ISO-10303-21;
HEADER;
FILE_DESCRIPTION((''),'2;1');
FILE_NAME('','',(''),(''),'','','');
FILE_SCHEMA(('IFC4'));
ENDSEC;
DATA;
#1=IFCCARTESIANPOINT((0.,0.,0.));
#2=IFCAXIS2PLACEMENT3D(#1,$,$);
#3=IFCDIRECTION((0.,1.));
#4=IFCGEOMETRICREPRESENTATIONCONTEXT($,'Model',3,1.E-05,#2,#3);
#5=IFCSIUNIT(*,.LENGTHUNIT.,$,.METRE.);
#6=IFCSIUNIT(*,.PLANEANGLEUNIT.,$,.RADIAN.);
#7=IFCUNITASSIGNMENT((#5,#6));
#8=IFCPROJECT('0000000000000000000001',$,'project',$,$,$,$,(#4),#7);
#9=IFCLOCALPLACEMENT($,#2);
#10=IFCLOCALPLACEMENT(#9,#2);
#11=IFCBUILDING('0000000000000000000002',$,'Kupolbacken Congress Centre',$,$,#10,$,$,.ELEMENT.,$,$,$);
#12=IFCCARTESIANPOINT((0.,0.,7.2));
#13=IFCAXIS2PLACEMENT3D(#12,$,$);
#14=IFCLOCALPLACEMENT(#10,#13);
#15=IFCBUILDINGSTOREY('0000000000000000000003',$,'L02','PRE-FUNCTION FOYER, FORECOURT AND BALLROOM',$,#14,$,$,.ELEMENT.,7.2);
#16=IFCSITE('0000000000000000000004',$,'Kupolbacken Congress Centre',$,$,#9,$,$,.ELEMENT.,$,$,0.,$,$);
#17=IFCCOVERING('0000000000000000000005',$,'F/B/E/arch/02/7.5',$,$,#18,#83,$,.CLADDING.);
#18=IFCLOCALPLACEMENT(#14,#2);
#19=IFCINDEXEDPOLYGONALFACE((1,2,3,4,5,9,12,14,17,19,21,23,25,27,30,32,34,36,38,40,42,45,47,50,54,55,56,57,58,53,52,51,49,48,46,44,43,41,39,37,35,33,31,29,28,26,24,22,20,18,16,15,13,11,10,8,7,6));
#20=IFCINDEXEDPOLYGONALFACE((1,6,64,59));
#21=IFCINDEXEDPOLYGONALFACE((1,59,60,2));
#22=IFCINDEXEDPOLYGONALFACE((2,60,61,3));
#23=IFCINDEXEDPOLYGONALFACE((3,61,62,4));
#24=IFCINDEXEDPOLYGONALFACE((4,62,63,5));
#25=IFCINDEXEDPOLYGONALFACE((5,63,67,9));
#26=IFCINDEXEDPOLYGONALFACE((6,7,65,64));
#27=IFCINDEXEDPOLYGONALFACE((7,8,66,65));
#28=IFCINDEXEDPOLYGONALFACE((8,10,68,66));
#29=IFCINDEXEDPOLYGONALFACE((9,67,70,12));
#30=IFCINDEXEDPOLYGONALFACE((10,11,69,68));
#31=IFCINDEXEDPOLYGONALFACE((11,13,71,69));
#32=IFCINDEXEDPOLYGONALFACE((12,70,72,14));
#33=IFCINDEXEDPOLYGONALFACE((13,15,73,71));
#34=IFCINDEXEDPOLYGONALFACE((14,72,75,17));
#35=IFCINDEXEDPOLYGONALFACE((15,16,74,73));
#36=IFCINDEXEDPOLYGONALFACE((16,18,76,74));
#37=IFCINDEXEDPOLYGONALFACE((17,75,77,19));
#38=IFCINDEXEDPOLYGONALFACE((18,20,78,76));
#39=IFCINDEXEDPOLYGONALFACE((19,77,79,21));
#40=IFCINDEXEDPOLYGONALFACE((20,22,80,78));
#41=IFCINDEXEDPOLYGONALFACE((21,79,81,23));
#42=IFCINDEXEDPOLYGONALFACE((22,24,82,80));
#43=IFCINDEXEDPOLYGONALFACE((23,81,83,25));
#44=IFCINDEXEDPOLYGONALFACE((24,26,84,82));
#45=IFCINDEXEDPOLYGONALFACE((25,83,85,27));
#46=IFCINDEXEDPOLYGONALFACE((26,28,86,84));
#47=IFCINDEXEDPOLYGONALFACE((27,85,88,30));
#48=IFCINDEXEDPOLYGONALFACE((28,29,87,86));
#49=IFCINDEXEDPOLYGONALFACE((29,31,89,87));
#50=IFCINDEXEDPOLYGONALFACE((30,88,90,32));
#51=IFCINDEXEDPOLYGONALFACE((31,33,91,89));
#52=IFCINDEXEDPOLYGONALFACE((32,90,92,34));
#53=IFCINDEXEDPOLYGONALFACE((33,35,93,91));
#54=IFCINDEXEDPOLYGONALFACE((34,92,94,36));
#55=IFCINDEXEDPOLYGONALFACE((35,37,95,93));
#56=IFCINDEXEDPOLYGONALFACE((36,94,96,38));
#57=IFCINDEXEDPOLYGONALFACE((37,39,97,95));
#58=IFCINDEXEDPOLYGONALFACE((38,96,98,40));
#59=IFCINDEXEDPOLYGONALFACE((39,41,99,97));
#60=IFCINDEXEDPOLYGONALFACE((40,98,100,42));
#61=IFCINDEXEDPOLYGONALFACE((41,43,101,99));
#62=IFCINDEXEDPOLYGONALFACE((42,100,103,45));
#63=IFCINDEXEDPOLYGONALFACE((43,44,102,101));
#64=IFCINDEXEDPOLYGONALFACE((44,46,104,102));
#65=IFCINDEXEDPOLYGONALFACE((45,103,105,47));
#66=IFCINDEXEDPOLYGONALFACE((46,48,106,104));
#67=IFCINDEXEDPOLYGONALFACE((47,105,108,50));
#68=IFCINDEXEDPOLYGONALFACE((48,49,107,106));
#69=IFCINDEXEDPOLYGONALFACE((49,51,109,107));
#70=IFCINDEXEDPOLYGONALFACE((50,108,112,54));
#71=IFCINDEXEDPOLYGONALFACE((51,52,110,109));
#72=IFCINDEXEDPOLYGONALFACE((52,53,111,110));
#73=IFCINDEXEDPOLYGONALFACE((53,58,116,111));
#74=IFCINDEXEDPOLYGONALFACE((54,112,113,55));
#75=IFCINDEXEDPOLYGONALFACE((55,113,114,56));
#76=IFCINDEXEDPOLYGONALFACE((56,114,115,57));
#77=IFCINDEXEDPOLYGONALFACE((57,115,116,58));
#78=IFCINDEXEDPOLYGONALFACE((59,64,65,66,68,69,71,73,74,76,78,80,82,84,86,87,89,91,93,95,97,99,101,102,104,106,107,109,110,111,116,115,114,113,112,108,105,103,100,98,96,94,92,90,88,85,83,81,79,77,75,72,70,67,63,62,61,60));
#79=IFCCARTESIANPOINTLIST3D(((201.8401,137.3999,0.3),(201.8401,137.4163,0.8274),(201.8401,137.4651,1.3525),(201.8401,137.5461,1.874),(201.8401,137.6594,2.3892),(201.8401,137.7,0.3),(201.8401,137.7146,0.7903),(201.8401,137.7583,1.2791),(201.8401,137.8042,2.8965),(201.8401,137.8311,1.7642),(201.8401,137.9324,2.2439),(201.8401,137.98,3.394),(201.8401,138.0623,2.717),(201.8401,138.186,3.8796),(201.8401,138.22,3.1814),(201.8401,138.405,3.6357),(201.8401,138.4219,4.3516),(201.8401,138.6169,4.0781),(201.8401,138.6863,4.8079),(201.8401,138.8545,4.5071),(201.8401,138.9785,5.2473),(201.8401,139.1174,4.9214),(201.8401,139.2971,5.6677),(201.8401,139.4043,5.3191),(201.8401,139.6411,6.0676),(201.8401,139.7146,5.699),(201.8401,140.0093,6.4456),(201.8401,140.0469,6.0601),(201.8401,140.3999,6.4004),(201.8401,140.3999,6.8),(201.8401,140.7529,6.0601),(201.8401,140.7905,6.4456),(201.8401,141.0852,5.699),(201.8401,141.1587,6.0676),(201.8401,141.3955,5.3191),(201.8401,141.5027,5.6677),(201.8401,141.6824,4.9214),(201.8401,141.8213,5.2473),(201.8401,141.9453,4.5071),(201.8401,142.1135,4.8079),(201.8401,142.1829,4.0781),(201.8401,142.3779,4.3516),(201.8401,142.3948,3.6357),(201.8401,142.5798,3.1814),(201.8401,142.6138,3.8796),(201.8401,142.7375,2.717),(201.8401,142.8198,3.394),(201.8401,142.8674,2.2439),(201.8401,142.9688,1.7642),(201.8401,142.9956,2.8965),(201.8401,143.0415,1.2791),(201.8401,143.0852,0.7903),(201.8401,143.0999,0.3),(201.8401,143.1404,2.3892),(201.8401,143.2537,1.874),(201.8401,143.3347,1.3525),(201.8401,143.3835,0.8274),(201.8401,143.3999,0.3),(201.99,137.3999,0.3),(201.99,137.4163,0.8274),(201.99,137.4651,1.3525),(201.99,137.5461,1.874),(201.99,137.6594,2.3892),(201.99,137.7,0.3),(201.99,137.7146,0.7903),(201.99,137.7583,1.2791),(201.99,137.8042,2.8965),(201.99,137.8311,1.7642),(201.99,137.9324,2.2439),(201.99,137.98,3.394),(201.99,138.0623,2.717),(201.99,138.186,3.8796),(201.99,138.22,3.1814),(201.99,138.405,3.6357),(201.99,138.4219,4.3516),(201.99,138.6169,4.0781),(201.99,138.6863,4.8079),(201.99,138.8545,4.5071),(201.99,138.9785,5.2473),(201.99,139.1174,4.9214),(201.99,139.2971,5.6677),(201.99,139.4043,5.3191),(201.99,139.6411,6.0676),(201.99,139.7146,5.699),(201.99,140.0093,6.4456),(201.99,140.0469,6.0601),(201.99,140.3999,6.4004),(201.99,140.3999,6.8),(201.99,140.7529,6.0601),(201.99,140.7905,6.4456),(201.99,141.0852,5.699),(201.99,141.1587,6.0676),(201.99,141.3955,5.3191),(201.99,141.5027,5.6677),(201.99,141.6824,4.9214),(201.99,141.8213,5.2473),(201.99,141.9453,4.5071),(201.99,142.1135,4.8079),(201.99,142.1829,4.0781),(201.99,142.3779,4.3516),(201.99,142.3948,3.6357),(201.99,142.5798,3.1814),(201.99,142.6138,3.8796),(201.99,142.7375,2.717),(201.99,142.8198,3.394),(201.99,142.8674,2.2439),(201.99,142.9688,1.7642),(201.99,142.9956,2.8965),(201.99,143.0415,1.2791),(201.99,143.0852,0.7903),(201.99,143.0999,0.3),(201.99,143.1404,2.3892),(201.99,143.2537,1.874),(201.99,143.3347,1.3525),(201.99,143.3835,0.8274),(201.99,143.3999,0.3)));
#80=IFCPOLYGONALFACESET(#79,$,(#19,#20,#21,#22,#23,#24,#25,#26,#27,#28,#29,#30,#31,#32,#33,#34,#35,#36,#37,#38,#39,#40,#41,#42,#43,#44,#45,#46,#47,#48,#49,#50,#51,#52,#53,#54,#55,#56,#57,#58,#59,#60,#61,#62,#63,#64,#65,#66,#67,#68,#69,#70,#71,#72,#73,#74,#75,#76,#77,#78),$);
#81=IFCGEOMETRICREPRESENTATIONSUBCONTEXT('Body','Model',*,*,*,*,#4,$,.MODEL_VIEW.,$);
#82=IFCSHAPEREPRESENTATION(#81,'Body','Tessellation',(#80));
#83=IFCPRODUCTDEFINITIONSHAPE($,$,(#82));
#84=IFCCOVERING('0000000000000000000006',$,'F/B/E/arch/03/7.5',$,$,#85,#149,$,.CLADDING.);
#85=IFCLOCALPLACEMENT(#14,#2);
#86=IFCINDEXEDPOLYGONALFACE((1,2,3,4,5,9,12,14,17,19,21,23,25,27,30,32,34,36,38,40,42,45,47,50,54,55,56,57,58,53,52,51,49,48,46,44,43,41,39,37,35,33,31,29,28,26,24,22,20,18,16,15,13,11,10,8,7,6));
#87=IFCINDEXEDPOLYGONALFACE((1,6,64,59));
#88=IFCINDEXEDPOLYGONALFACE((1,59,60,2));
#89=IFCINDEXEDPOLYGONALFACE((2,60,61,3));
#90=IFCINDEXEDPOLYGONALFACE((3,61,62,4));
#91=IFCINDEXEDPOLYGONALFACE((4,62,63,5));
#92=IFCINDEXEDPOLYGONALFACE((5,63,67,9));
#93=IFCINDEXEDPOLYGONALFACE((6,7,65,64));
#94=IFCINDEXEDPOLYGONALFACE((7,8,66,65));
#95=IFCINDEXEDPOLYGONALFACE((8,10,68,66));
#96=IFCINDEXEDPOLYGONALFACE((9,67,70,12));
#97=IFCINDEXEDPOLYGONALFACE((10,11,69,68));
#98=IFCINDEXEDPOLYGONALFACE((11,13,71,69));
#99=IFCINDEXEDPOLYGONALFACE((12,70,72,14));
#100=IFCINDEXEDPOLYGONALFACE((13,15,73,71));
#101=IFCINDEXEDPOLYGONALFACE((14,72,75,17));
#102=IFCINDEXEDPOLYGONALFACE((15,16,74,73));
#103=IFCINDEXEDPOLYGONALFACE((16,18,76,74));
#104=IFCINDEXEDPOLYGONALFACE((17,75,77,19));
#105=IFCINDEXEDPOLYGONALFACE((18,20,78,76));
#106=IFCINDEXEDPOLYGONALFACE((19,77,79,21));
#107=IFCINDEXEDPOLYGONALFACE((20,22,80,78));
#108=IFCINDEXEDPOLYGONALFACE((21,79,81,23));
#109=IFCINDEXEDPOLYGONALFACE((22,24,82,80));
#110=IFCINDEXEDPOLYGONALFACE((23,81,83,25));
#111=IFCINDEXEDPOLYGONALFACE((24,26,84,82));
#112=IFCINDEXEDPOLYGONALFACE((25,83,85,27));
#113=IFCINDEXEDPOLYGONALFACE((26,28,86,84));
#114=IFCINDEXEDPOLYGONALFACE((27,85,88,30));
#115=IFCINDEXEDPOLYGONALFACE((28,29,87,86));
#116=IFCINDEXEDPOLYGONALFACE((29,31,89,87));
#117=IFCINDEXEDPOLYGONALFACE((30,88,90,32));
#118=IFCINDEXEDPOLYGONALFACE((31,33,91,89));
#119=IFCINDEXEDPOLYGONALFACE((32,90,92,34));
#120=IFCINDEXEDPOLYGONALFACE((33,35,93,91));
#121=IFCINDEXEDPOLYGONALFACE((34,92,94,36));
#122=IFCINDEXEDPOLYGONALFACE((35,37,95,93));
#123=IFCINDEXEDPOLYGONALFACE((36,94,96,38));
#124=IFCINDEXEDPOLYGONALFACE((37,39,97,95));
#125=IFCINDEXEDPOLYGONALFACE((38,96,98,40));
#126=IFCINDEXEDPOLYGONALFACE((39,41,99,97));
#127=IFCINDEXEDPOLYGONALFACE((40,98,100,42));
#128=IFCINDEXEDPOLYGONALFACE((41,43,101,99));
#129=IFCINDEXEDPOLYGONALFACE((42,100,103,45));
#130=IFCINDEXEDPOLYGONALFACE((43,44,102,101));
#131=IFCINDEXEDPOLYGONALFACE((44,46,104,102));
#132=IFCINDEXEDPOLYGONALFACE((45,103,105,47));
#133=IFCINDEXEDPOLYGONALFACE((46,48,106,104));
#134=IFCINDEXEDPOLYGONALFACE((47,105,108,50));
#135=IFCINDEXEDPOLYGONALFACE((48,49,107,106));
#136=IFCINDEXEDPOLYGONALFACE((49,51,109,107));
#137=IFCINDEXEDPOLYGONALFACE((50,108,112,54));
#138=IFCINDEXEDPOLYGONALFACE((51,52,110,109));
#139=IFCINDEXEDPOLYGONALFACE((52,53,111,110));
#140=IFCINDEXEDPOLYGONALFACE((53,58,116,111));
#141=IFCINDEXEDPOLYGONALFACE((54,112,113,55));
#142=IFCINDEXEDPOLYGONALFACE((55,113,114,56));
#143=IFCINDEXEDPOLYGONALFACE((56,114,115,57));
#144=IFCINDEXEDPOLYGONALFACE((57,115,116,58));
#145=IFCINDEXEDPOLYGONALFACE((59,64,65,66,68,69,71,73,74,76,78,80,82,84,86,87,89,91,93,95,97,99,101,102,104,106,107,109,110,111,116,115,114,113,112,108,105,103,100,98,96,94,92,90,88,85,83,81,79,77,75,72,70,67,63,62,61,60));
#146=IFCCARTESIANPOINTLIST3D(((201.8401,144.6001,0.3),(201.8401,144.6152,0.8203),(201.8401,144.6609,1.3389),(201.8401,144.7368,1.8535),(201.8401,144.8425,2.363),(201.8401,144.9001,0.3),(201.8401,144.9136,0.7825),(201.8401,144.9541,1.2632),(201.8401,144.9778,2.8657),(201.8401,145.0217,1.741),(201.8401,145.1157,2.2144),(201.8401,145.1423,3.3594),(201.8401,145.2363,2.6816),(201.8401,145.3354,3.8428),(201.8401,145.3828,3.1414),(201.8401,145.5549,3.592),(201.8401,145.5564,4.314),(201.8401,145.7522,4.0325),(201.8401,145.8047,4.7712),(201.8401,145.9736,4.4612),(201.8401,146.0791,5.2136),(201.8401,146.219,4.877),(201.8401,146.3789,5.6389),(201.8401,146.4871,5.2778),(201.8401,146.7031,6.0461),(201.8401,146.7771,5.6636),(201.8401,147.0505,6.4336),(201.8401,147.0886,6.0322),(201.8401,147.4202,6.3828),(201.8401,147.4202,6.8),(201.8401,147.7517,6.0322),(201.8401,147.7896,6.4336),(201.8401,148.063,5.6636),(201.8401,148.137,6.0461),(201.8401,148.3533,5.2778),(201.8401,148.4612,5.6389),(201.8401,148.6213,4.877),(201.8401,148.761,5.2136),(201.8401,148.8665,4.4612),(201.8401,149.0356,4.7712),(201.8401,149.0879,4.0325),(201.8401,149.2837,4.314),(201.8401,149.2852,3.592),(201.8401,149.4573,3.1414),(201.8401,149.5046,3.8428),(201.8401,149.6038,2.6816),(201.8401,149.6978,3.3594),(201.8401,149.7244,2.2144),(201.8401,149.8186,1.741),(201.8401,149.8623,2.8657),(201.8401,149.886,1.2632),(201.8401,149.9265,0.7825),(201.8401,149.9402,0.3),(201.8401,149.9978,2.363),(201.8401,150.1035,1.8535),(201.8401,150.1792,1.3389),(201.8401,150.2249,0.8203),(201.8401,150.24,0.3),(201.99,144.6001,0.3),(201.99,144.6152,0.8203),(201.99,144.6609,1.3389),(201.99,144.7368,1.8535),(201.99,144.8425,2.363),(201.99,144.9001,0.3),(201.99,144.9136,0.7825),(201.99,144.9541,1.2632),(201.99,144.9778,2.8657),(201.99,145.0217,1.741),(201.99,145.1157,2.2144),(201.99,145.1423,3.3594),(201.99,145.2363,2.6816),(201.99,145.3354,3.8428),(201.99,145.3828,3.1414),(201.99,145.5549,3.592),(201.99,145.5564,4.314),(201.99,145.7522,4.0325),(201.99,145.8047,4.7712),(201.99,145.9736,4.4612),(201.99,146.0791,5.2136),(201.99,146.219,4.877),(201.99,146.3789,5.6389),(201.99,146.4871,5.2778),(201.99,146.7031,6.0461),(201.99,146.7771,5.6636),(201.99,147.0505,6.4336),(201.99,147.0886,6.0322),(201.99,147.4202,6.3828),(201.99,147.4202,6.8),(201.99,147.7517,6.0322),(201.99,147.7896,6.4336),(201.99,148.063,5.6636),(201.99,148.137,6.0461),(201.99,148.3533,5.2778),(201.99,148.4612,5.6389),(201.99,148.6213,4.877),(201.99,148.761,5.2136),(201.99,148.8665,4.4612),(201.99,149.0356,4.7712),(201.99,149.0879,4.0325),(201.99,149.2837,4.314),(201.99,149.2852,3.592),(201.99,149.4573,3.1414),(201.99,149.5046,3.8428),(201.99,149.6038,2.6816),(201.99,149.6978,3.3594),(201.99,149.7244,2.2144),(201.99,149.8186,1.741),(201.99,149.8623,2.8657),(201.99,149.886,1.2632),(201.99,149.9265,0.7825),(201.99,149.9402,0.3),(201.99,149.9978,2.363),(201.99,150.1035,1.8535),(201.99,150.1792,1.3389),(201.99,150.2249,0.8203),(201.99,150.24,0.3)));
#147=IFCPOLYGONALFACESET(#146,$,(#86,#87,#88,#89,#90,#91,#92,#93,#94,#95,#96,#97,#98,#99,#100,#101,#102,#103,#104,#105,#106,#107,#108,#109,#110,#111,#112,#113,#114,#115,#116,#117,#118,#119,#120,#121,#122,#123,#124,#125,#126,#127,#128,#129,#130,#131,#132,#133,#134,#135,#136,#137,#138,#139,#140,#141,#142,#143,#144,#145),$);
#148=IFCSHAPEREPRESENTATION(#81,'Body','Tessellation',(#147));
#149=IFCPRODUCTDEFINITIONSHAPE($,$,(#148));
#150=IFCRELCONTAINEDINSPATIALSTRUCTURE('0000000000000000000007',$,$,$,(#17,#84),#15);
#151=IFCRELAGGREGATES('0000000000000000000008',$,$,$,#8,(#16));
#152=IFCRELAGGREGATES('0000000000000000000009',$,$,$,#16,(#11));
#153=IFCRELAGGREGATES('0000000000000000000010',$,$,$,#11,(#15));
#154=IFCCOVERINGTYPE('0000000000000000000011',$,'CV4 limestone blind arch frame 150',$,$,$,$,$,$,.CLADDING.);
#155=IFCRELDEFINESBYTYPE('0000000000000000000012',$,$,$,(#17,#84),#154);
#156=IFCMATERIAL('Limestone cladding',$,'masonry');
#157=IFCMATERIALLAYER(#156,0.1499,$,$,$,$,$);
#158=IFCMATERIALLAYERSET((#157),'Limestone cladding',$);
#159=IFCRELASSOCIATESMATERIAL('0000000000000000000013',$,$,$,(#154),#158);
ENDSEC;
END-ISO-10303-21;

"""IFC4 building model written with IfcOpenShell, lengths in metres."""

from ifc_helpers import new_model, si_unit, direction, frame, origin, place, context, subcontext, project, spatial, polyline, outline, extrude, material, layer, layer_set, type_object, element, save


model = new_model("IFC4")

# Units and contexts
model_context = context("Model", 3, precision=1e-05, world=origin(), true_north=direction((0.0, 1.0)))
body_context = subcontext(model_context, "Body", "Model", "MODEL_VIEW")
ifc_project = project(units=[si_unit("LENGTHUNIT", "METRE"), si_unit("PLANEANGLEUNIT", "RADIAN")], contexts=[model_context])

# Site, building, storey
site_placement = place(None, origin())
site = spatial("IfcSite", under=ifc_project, at=site_placement, Name="Kupolbacken Congress Centre", CompositionType="ELEMENT", RefElevation=0.0)
building_placement = place(site_placement, origin())
building = spatial("IfcBuilding", under=site, at=building_placement, Name="Kupolbacken Congress Centre", CompositionType="ELEMENT")
storey_placement = place(building_placement, frame((0.0, 0.0, 7.2)))
storey = spatial("IfcBuildingStorey", under=building, at=storey_placement, Name="L02", Description="PRE-FUNCTION FOYER, FORECOURT AND BALLROOM", CompositionType="ELEMENT", Elevation=7.2)

# Coverings
ifc_material_1 = material(Name="Limestone cladding", Category="masonry")
ifc_layer_1 = layer(ifc_material_1, 0.1499)
ifc_layer_set_1 = layer_set([ifc_layer_1], Name="Limestone cladding")
covering_type_1 = type_object("IfcCoveringType", Name="CV4 limestone blind arch frame 150", PredefinedType="CLADDING", material=ifc_layer_set_1)
covering_1_placement = place(storey_placement, frame((201.8401, 137.3999, 0.3), z_axis=(1.0, 0.0, 0.0), x_axis=(0.0, 1.0, 0.0)))
element("IfcCovering", 1, at=covering_1_placement, inside=storey, type_object=covering_type_1, Name="F/B/E/arch/02/7.5", PredefinedType="CLADDING", context=body_context, shape_type="SweptSolid", body=[
    extrude(outline(polyline([(0.0, 0.0), (0.0164, 0.5273), (0.0652, 1.0525), (0.1462, 1.574), (0.2595, 2.0891), (0.4043, 2.5964), (0.5801, 3.094), (0.7861, 3.5796), (1.022, 4.0515), (1.2864, 4.5078), (1.5786, 4.9473), (1.8972, 5.3677), (2.2412, 5.7676), (2.6094, 6.1455), (3.0, 6.5), (3.3906, 6.1455), (3.7588, 5.7676), (4.1028, 5.3677), (4.4214, 4.9473), (4.7136, 4.5078), (4.978, 4.0515), (5.2139, 3.5796), (5.4199, 3.094), (5.5957, 2.5964), (5.7405, 2.0891), (5.8538, 1.574), (5.9348, 1.0525), (5.9836, 0.5273), (6.0, 0.0), (5.7, 0.0), (5.6853, 0.4902), (5.6416, 0.979), (5.5688, 1.4641), (5.4675, 1.9438), (5.3376, 2.417), (5.1799, 2.8813), (4.9949, 3.3357), (4.783, 3.7781), (4.5454, 4.207), (4.2825, 4.6213), (3.9956, 5.019), (3.6853, 5.3989), (3.353, 5.76), (3.0, 6.1003), (2.647, 5.76), (2.3147, 5.3989), (2.0044, 5.019), (1.7175, 4.6213), (1.4546, 4.207), (1.217, 3.7781), (1.0051, 3.3357), (0.8201, 2.8813), (0.6624, 2.417), (0.5325, 1.9438), (0.4312, 1.4641), (0.3584, 0.979), (0.3147, 0.4902), (0.3, 0.0), (0.0, 0.0)])), origin(), (0.0, 0.0, 1.0), 0.1499),
])
covering_2_placement = place(storey_placement, frame((201.8401, 144.6001, 0.3), z_axis=(1.0, 0.0, 0.0), x_axis=(0.0, 1.0, 0.0)))
element("IfcCovering", 2, at=covering_2_placement, inside=storey, type_object=covering_type_1, Name="F/B/E/arch/03/7.5", PredefinedType="CLADDING", context=body_context, shape_type="SweptSolid", body=[
    extrude(outline(polyline([(0.0, 0.0), (0.0151, 0.5203), (0.0608, 1.0388), (0.1367, 1.5535), (0.2424, 2.063), (0.3777, 2.5657), (0.5422, 3.0593), (0.7354, 3.5427), (0.9563, 4.0139), (1.2046, 4.4712), (1.479, 4.9136), (1.7788, 5.3389), (2.103, 5.7461), (2.4504, 6.1335), (2.8201, 6.5), (3.1895, 6.1335), (3.5369, 5.7461), (3.8611, 5.3389), (4.1609, 4.9136), (4.4355, 4.4712), (4.6836, 4.0139), (4.9045, 3.5427), (5.0977, 3.0593), (5.2622, 2.5657), (5.3977, 2.063), (5.5034, 1.5535), (5.5791, 1.0388), (5.6248, 0.5203), (5.6399, 0.0), (5.3401, 0.0), (5.3264, 0.4824), (5.2859, 0.9631), (5.2185, 1.4409), (5.1243, 1.9143), (5.0037, 2.3816), (4.8572, 2.8413), (4.6851, 3.292), (4.4878, 3.7324), (4.2664, 4.1611), (4.0212, 4.5769), (3.7532, 4.9778), (3.4629, 5.3635), (3.1516, 5.7322), (2.8201, 6.0828), (2.4885, 5.7322), (2.177, 5.3635), (1.887, 4.9778), (1.6189, 4.5769), (1.3735, 4.1611), (1.1521, 3.7324), (0.9548, 3.292), (0.7827, 2.8413), (0.6362, 2.3816), (0.5156, 1.9143), (0.4216, 1.4409), (0.354, 0.9631), (0.3135, 0.4824), (0.3, 0.0), (0.0, 0.0)])), origin(), (0.0, 0.0, 1.0), 0.1499),
])

save(model, "model.ifc")
